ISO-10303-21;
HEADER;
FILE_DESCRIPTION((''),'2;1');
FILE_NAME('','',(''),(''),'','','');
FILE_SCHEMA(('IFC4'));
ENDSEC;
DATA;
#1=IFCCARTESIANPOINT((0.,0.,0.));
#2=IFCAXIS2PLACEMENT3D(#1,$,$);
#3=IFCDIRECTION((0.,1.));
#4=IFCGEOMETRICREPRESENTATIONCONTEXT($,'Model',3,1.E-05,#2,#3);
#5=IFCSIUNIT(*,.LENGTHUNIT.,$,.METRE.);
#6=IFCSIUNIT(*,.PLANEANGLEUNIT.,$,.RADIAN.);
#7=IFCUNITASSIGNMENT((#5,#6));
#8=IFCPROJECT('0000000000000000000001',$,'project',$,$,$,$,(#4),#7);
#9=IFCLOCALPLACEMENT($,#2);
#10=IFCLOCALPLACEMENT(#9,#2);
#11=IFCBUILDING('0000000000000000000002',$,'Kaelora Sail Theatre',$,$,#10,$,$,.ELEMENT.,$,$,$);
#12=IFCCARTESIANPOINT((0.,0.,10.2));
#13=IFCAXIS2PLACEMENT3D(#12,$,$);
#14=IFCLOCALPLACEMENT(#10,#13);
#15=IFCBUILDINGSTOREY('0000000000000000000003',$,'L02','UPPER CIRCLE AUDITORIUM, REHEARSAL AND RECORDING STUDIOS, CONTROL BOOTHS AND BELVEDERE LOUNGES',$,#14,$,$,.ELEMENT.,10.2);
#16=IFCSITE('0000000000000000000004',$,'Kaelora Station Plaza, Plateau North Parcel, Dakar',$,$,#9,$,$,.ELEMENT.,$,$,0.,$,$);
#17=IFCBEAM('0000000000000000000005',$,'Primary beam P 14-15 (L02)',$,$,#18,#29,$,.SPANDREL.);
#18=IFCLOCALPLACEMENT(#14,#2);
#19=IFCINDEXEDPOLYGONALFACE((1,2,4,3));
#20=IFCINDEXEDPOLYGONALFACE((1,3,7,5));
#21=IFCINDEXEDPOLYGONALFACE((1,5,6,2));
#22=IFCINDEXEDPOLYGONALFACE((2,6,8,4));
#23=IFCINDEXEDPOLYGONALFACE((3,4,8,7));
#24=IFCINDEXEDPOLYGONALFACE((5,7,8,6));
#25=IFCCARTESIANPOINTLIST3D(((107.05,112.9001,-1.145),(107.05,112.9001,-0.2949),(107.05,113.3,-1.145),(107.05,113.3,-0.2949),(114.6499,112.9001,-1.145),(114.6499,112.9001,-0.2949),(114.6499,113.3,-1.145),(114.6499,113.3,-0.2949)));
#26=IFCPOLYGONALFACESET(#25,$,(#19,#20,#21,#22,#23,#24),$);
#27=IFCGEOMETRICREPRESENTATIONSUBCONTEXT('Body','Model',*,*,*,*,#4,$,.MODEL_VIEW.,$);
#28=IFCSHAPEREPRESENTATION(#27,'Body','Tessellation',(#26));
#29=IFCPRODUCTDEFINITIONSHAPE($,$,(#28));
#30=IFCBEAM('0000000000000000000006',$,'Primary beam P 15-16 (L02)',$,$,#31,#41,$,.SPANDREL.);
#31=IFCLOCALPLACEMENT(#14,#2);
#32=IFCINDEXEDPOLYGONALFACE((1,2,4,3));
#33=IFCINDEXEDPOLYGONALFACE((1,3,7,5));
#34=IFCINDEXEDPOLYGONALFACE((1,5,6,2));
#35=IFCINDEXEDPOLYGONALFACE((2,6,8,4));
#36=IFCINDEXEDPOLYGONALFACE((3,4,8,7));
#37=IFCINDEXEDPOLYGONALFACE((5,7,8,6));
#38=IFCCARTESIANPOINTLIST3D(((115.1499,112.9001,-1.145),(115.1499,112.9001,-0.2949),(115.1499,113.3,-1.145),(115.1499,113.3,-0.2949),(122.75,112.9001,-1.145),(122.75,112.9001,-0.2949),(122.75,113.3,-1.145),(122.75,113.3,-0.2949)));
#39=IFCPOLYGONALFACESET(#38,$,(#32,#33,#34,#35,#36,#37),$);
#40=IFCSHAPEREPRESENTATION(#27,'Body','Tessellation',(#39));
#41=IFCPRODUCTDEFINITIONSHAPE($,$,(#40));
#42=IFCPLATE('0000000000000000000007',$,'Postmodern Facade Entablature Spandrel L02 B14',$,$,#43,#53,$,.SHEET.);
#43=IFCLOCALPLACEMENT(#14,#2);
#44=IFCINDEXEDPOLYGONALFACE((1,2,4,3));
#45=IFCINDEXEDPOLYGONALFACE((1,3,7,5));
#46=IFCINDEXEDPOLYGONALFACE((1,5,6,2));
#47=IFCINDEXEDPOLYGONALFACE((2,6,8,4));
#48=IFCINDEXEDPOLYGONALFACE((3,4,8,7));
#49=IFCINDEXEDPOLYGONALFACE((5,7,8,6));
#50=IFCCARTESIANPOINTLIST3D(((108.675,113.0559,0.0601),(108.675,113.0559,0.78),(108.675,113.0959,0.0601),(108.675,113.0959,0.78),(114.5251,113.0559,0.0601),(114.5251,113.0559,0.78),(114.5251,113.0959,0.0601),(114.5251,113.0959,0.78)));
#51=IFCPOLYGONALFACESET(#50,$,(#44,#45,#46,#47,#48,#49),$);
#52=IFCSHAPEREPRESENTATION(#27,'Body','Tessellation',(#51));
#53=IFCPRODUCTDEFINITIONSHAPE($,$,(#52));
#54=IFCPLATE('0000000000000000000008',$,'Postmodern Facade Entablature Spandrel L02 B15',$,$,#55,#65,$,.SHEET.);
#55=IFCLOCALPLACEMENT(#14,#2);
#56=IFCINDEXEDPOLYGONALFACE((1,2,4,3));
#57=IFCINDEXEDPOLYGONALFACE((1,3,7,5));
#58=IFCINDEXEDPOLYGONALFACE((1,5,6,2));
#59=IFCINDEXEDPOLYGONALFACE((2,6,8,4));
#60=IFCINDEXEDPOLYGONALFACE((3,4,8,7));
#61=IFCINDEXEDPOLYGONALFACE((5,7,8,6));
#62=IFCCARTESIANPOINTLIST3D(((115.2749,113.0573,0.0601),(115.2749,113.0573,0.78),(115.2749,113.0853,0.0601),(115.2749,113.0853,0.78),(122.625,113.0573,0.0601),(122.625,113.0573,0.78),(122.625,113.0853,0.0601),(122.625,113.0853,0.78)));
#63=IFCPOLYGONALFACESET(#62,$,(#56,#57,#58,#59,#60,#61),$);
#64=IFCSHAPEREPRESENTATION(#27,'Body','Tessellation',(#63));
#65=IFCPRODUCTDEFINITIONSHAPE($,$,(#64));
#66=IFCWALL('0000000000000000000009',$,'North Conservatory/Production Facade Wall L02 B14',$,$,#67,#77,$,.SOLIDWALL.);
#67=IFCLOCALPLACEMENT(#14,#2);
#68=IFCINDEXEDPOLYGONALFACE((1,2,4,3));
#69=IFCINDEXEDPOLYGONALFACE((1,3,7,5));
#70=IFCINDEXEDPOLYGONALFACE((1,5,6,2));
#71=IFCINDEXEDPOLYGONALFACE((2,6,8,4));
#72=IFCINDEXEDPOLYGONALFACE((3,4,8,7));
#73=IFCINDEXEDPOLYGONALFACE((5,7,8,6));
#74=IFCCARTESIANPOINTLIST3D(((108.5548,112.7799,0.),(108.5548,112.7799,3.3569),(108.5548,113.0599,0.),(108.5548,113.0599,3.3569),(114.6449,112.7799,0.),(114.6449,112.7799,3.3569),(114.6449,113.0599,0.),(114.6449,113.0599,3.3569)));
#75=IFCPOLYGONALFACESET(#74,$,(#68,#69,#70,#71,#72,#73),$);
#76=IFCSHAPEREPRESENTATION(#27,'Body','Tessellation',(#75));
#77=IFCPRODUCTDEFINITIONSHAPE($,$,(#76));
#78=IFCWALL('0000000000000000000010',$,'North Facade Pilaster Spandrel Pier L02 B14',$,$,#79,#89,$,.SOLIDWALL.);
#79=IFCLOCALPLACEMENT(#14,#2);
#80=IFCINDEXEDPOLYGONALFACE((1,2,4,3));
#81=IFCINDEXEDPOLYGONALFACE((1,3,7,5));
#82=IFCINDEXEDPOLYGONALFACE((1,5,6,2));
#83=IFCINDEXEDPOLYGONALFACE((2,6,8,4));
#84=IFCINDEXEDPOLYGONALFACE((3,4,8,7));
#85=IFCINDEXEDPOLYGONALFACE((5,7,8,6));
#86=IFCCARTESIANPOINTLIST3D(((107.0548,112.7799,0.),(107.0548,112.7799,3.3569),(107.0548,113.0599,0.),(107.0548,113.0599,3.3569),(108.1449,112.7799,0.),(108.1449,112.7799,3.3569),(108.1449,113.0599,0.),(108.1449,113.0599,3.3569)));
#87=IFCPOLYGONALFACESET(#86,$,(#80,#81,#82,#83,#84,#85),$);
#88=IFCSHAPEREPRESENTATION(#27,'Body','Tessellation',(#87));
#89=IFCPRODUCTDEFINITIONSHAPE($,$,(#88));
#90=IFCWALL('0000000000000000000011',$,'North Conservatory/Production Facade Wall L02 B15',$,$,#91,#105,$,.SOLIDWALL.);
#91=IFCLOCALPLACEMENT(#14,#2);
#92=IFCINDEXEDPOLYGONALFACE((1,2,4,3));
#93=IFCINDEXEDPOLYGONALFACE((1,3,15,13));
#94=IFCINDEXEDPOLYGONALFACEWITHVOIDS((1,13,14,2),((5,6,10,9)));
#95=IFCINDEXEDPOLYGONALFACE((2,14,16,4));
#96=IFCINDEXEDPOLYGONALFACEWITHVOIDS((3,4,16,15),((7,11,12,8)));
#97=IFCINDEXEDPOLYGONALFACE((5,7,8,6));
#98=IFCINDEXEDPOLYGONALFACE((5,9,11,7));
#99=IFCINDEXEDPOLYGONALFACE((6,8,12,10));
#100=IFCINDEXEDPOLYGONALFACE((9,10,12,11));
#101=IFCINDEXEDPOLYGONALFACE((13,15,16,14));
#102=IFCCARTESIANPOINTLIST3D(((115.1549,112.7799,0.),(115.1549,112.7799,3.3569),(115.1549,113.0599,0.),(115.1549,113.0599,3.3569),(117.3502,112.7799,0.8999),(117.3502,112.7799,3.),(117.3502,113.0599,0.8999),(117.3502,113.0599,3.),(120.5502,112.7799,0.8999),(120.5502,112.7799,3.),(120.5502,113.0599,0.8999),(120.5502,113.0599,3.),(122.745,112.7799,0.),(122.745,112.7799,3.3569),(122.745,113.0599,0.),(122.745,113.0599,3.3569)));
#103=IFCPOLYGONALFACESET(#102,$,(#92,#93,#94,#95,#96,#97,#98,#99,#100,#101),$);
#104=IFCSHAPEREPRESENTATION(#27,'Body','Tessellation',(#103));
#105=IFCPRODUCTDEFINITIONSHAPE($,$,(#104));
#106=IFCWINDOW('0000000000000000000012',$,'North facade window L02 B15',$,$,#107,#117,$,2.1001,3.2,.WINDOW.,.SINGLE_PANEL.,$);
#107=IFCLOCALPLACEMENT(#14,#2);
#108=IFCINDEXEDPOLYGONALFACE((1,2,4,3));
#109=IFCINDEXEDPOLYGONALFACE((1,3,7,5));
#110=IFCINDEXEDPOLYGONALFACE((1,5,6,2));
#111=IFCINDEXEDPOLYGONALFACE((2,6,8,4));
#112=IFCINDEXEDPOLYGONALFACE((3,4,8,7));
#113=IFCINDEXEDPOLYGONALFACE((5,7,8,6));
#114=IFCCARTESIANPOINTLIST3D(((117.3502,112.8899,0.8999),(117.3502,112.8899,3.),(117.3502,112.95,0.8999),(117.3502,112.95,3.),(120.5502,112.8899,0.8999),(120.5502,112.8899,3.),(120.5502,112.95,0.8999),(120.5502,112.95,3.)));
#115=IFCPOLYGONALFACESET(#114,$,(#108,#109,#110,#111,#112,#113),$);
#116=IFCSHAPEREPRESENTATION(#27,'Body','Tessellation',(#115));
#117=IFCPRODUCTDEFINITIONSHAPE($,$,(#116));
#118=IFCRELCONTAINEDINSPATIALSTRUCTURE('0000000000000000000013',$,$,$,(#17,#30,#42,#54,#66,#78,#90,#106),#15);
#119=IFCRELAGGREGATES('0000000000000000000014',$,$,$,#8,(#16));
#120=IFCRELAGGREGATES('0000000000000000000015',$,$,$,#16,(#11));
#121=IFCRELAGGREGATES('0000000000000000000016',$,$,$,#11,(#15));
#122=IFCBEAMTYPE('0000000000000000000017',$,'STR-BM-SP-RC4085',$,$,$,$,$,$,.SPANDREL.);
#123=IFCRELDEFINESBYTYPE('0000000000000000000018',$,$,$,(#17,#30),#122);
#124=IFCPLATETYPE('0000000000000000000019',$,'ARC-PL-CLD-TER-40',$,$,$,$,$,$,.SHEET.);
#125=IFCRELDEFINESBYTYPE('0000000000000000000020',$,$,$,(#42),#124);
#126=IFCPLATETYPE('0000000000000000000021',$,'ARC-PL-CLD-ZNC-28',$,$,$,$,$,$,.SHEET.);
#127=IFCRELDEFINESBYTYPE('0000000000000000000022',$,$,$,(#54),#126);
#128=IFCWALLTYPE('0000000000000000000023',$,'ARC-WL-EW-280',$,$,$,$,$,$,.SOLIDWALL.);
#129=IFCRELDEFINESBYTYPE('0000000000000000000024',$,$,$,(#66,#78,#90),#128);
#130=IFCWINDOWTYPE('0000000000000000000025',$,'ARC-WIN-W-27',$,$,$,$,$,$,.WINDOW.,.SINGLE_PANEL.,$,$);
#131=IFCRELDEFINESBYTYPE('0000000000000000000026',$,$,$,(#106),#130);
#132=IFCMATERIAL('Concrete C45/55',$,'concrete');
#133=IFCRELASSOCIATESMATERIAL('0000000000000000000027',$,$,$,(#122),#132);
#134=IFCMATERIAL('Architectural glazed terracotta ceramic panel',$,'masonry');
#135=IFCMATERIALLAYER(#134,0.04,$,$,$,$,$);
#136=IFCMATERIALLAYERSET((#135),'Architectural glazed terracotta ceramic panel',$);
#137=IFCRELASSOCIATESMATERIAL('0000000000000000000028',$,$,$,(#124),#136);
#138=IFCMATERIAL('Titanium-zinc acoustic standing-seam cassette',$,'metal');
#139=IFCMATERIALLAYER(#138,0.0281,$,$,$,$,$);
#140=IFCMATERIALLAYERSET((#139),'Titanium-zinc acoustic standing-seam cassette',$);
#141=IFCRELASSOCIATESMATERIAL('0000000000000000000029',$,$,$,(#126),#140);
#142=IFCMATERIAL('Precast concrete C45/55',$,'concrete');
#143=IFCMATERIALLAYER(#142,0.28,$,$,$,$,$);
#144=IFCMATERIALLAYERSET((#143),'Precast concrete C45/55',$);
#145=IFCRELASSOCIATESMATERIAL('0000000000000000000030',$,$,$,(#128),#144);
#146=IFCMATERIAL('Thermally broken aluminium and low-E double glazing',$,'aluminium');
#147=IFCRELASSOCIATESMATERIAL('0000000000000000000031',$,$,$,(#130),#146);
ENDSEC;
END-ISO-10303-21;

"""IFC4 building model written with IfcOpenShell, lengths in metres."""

from ifc_helpers import new_model, si_unit, direction, frame, frame_2d, origin, origin_2d, place, context, subcontext, project, spatial, rectangle, extrude, material, layer, layer_set, material_profile, profile_set, type_object, element, fill, save


model = new_model("IFC4")

# Units and contexts
model_context = context("Model", 3, precision=1e-05, world=origin(), true_north=direction((0.0, 1.0)))
body_context = subcontext(model_context, "Body", "Model", "MODEL_VIEW")
ifc_project = project(units=[si_unit("LENGTHUNIT", "METRE"), si_unit("PLANEANGLEUNIT", "RADIAN")], contexts=[model_context])

# Site, building, storey
site_placement = place(None, origin())
site = spatial("IfcSite", under=ifc_project, at=site_placement, Name="Kaelora Station Plaza, Plateau North Parcel, Dakar", CompositionType="ELEMENT", RefElevation=0.0)
building_placement = place(site_placement, origin())
building = spatial("IfcBuilding", under=site, at=building_placement, Name="Kaelora Sail Theatre", CompositionType="ELEMENT")
storey_placement = place(building_placement, frame((0.0, 0.0, 10.2)))
storey = spatial("IfcBuildingStorey", under=building, at=storey_placement, Name="L02", Description="UPPER CIRCLE AUDITORIUM, REHEARSAL AND RECORDING STUDIOS, CONTROL BOOTHS AND BELVEDERE LOUNGES", CompositionType="ELEMENT", Elevation=10.2)

# Beams
ifc_material_1 = material(Name="Concrete C45/55", Category="concrete")
ifc_material_profile_1 = material_profile(ifc_material_1, rectangle(XDim=0.3999, YDim=0.8501, at=origin_2d()), Name="RC-SPN 400x850")
ifc_profile_set_1 = profile_set([ifc_material_profile_1], Name="Concrete C45/55")
beam_type_1 = type_object("IfcBeamType", Name="STR-BM-SP-RC4085", PredefinedType="SPANDREL", material=ifc_profile_set_1)
beam_1_placement = place(storey_placement, frame((107.05, 113.1001, -0.72), z_axis=(1.0, 0.0, 0.0), x_axis=(0.0, 1.0, 0.0)))
element("IfcBeam", 1, at=beam_1_placement, inside=storey, type_object=beam_type_1, Name="Primary beam P 14-15 (L02)", PredefinedType="SPANDREL", context=body_context, shape_type="SweptSolid", body=[
    extrude(rectangle(XDim=0.3999, YDim=0.8501, at=origin_2d()), origin(), (0.0, 0.0, 1.0), 7.5999),
])
beam_2_placement = place(storey_placement, frame((115.1499, 113.1001, -0.72), z_axis=(1.0, 0.0, 0.0), x_axis=(0.0, 1.0, 0.0)))
element("IfcBeam", 2, at=beam_2_placement, inside=storey, type_object=beam_type_1, Name="Primary beam P 15-16 (L02)", PredefinedType="SPANDREL", context=body_context, shape_type="SweptSolid", body=[
    extrude(rectangle(XDim=0.3999, YDim=0.8501, at=origin_2d()), origin(), (0.0, 0.0, 1.0), 7.6001),
])

# Plates
ifc_material_2 = material(Name="Architectural glazed terracotta ceramic panel", Category="masonry")
ifc_layer_1 = layer(ifc_material_2, 0.04)
ifc_layer_set_1 = layer_set([ifc_layer_1], Name="Architectural glazed terracotta ceramic panel")
plate_type_1 = type_object("IfcPlateType", Name="ARC-PL-CLD-TER-40", PredefinedType="SHEET", material=ifc_layer_set_1)
plate_1_placement = place(storey_placement, frame((111.6001, 113.0759, 0.0601), z_axis=(0.0, 0.0, 1.0), x_axis=(1.0, 0.0, 0.0)))
element("IfcPlate", 3, at=plate_1_placement, inside=storey, type_object=plate_type_1, Name="Postmodern Facade Entablature Spandrel L02 B14", PredefinedType="SHEET", context=body_context, shape_type="SweptSolid", body=[
    extrude(rectangle(XDim=5.8501, YDim=0.04, at=origin_2d()), origin(), (0.0, 0.0, 1.0), 0.72),
])
ifc_material_3 = material(Name="Titanium-zinc acoustic standing-seam cassette", Category="metal")
ifc_layer_2 = layer(ifc_material_3, 0.0281)
ifc_layer_set_2 = layer_set([ifc_layer_2], Name="Titanium-zinc acoustic standing-seam cassette")
plate_type_2 = type_object("IfcPlateType", Name="ARC-PL-CLD-ZNC-28", PredefinedType="SHEET", material=ifc_layer_set_2)
plate_2_placement = place(storey_placement, frame((118.95, 113.0713, 0.0601), z_axis=(0.0, 0.0, 1.0), x_axis=(1.0, 0.0, 0.0)))
element("IfcPlate", 4, at=plate_2_placement, inside=storey, type_object=plate_type_2, Name="Postmodern Facade Entablature Spandrel L02 B15", PredefinedType="SHEET", context=body_context, shape_type="SweptSolid", body=[
    extrude(rectangle(XDim=7.3501, YDim=0.0281, at=origin_2d()), origin(), (0.0, 0.0, 1.0), 0.72),
])

# Walls
ifc_material_4 = material(Name="Precast concrete C45/55", Category="concrete")
ifc_layer_3 = layer(ifc_material_4, 0.28)
ifc_layer_set_3 = layer_set([ifc_layer_3], Name="Precast concrete C45/55")
wall_type = type_object("IfcWallType", Name="ARC-WL-EW-280", PredefinedType="SOLIDWALL", material=ifc_layer_set_3)
wall_1_placement = place(storey_placement, frame((108.5549, 112.9199, 0.0), z_axis=(0.0, 0.0, 1.0), x_axis=(1.0, 0.0, 0.0)))
element("IfcWall", 5, at=wall_1_placement, inside=storey, type_object=wall_type, Name="North Conservatory/Production Facade Wall L02 B14", PredefinedType="SOLIDWALL", context=body_context, shape_type="SweptSolid", body=[
    extrude(rectangle(XDim=6.0901, YDim=0.28, at=frame_2d((3.0449, 0.0))), origin(), (0.0, 0.0, 1.0), 3.3569),
])
wall_2_placement = place(storey_placement, frame((107.0549, 112.9199, 0.0), z_axis=(0.0, 0.0, 1.0), x_axis=(1.0, 0.0, 0.0)))
element("IfcWall", 6, at=wall_2_placement, inside=storey, type_object=wall_type, Name="North Facade Pilaster Spandrel Pier L02 B14", PredefinedType="SOLIDWALL", context=body_context, shape_type="SweptSolid", body=[
    extrude(rectangle(XDim=1.0901, YDim=0.28, at=frame_2d((0.5449, 0.0))), origin(), (0.0, 0.0, 1.0), 3.3569),
])

# Wall, opening, window
wall_3_placement = place(storey_placement, frame((115.155, 112.9199, 0.0), z_axis=(0.0, 0.0, 1.0), x_axis=(1.0, 0.0, 0.0)))
wall_3 = element("IfcWall", 7, at=wall_3_placement, inside=storey, type_object=wall_type, Name="North Conservatory/Production Facade Wall L02 B15", PredefinedType="SOLIDWALL", context=body_context, shape_type="SweptSolid", body=[
    extrude(rectangle(XDim=7.5901, YDim=0.28, at=frame_2d((3.7949, 0.0))), origin(), (0.0, 0.0, 1.0), 3.3569),
])
opening_placement = place(wall_3_placement, frame((2.1951, 0.0, 0.8999)))
opening = element("IfcOpeningElement", 8, at=opening_placement, cuts=wall_3, PredefinedType="OPENING", context=body_context, shape_type="SweptSolid", body=[
    extrude(rectangle(XDim=3.2, YDim=2.1001, at=frame_2d((1.6001, 1.05))), frame((0.0, 0.1501, 0.0), z_axis=(0.0, -1.0, 0.0), x_axis=(1.0, 0.0, 0.0)), (0.0, 0.0, 1.0), 0.3),
])
ifc_material_5 = material(Name="Thermally broken aluminium and low-E double glazing", Category="aluminium")
window_type = type_object("IfcWindowType", Name="ARC-WIN-W-27", PartitioningType="SINGLE_PANEL", PredefinedType="WINDOW", material=ifc_material_5)
window_placement = place(opening_placement, origin())
window = element("IfcWindow", 9, at=window_placement, inside=storey, type_object=window_type, Name="North facade window L02 B15", OverallHeight=2.1001, OverallWidth=3.2, PartitioningType="SINGLE_PANEL", PredefinedType="WINDOW", context=body_context, shape_type="SweptSolid", body=[
    extrude(rectangle(XDim=3.2, YDim=2.1001, at=frame_2d((1.6001, 1.05))), frame((0.0, 0.03, 0.0), z_axis=(0.0, -1.0, 0.0), x_axis=(1.0, 0.0, 0.0)), (0.0, 0.0, 1.0), 0.0601),
])
fill(opening, window)

save(model, "model.ifc")
